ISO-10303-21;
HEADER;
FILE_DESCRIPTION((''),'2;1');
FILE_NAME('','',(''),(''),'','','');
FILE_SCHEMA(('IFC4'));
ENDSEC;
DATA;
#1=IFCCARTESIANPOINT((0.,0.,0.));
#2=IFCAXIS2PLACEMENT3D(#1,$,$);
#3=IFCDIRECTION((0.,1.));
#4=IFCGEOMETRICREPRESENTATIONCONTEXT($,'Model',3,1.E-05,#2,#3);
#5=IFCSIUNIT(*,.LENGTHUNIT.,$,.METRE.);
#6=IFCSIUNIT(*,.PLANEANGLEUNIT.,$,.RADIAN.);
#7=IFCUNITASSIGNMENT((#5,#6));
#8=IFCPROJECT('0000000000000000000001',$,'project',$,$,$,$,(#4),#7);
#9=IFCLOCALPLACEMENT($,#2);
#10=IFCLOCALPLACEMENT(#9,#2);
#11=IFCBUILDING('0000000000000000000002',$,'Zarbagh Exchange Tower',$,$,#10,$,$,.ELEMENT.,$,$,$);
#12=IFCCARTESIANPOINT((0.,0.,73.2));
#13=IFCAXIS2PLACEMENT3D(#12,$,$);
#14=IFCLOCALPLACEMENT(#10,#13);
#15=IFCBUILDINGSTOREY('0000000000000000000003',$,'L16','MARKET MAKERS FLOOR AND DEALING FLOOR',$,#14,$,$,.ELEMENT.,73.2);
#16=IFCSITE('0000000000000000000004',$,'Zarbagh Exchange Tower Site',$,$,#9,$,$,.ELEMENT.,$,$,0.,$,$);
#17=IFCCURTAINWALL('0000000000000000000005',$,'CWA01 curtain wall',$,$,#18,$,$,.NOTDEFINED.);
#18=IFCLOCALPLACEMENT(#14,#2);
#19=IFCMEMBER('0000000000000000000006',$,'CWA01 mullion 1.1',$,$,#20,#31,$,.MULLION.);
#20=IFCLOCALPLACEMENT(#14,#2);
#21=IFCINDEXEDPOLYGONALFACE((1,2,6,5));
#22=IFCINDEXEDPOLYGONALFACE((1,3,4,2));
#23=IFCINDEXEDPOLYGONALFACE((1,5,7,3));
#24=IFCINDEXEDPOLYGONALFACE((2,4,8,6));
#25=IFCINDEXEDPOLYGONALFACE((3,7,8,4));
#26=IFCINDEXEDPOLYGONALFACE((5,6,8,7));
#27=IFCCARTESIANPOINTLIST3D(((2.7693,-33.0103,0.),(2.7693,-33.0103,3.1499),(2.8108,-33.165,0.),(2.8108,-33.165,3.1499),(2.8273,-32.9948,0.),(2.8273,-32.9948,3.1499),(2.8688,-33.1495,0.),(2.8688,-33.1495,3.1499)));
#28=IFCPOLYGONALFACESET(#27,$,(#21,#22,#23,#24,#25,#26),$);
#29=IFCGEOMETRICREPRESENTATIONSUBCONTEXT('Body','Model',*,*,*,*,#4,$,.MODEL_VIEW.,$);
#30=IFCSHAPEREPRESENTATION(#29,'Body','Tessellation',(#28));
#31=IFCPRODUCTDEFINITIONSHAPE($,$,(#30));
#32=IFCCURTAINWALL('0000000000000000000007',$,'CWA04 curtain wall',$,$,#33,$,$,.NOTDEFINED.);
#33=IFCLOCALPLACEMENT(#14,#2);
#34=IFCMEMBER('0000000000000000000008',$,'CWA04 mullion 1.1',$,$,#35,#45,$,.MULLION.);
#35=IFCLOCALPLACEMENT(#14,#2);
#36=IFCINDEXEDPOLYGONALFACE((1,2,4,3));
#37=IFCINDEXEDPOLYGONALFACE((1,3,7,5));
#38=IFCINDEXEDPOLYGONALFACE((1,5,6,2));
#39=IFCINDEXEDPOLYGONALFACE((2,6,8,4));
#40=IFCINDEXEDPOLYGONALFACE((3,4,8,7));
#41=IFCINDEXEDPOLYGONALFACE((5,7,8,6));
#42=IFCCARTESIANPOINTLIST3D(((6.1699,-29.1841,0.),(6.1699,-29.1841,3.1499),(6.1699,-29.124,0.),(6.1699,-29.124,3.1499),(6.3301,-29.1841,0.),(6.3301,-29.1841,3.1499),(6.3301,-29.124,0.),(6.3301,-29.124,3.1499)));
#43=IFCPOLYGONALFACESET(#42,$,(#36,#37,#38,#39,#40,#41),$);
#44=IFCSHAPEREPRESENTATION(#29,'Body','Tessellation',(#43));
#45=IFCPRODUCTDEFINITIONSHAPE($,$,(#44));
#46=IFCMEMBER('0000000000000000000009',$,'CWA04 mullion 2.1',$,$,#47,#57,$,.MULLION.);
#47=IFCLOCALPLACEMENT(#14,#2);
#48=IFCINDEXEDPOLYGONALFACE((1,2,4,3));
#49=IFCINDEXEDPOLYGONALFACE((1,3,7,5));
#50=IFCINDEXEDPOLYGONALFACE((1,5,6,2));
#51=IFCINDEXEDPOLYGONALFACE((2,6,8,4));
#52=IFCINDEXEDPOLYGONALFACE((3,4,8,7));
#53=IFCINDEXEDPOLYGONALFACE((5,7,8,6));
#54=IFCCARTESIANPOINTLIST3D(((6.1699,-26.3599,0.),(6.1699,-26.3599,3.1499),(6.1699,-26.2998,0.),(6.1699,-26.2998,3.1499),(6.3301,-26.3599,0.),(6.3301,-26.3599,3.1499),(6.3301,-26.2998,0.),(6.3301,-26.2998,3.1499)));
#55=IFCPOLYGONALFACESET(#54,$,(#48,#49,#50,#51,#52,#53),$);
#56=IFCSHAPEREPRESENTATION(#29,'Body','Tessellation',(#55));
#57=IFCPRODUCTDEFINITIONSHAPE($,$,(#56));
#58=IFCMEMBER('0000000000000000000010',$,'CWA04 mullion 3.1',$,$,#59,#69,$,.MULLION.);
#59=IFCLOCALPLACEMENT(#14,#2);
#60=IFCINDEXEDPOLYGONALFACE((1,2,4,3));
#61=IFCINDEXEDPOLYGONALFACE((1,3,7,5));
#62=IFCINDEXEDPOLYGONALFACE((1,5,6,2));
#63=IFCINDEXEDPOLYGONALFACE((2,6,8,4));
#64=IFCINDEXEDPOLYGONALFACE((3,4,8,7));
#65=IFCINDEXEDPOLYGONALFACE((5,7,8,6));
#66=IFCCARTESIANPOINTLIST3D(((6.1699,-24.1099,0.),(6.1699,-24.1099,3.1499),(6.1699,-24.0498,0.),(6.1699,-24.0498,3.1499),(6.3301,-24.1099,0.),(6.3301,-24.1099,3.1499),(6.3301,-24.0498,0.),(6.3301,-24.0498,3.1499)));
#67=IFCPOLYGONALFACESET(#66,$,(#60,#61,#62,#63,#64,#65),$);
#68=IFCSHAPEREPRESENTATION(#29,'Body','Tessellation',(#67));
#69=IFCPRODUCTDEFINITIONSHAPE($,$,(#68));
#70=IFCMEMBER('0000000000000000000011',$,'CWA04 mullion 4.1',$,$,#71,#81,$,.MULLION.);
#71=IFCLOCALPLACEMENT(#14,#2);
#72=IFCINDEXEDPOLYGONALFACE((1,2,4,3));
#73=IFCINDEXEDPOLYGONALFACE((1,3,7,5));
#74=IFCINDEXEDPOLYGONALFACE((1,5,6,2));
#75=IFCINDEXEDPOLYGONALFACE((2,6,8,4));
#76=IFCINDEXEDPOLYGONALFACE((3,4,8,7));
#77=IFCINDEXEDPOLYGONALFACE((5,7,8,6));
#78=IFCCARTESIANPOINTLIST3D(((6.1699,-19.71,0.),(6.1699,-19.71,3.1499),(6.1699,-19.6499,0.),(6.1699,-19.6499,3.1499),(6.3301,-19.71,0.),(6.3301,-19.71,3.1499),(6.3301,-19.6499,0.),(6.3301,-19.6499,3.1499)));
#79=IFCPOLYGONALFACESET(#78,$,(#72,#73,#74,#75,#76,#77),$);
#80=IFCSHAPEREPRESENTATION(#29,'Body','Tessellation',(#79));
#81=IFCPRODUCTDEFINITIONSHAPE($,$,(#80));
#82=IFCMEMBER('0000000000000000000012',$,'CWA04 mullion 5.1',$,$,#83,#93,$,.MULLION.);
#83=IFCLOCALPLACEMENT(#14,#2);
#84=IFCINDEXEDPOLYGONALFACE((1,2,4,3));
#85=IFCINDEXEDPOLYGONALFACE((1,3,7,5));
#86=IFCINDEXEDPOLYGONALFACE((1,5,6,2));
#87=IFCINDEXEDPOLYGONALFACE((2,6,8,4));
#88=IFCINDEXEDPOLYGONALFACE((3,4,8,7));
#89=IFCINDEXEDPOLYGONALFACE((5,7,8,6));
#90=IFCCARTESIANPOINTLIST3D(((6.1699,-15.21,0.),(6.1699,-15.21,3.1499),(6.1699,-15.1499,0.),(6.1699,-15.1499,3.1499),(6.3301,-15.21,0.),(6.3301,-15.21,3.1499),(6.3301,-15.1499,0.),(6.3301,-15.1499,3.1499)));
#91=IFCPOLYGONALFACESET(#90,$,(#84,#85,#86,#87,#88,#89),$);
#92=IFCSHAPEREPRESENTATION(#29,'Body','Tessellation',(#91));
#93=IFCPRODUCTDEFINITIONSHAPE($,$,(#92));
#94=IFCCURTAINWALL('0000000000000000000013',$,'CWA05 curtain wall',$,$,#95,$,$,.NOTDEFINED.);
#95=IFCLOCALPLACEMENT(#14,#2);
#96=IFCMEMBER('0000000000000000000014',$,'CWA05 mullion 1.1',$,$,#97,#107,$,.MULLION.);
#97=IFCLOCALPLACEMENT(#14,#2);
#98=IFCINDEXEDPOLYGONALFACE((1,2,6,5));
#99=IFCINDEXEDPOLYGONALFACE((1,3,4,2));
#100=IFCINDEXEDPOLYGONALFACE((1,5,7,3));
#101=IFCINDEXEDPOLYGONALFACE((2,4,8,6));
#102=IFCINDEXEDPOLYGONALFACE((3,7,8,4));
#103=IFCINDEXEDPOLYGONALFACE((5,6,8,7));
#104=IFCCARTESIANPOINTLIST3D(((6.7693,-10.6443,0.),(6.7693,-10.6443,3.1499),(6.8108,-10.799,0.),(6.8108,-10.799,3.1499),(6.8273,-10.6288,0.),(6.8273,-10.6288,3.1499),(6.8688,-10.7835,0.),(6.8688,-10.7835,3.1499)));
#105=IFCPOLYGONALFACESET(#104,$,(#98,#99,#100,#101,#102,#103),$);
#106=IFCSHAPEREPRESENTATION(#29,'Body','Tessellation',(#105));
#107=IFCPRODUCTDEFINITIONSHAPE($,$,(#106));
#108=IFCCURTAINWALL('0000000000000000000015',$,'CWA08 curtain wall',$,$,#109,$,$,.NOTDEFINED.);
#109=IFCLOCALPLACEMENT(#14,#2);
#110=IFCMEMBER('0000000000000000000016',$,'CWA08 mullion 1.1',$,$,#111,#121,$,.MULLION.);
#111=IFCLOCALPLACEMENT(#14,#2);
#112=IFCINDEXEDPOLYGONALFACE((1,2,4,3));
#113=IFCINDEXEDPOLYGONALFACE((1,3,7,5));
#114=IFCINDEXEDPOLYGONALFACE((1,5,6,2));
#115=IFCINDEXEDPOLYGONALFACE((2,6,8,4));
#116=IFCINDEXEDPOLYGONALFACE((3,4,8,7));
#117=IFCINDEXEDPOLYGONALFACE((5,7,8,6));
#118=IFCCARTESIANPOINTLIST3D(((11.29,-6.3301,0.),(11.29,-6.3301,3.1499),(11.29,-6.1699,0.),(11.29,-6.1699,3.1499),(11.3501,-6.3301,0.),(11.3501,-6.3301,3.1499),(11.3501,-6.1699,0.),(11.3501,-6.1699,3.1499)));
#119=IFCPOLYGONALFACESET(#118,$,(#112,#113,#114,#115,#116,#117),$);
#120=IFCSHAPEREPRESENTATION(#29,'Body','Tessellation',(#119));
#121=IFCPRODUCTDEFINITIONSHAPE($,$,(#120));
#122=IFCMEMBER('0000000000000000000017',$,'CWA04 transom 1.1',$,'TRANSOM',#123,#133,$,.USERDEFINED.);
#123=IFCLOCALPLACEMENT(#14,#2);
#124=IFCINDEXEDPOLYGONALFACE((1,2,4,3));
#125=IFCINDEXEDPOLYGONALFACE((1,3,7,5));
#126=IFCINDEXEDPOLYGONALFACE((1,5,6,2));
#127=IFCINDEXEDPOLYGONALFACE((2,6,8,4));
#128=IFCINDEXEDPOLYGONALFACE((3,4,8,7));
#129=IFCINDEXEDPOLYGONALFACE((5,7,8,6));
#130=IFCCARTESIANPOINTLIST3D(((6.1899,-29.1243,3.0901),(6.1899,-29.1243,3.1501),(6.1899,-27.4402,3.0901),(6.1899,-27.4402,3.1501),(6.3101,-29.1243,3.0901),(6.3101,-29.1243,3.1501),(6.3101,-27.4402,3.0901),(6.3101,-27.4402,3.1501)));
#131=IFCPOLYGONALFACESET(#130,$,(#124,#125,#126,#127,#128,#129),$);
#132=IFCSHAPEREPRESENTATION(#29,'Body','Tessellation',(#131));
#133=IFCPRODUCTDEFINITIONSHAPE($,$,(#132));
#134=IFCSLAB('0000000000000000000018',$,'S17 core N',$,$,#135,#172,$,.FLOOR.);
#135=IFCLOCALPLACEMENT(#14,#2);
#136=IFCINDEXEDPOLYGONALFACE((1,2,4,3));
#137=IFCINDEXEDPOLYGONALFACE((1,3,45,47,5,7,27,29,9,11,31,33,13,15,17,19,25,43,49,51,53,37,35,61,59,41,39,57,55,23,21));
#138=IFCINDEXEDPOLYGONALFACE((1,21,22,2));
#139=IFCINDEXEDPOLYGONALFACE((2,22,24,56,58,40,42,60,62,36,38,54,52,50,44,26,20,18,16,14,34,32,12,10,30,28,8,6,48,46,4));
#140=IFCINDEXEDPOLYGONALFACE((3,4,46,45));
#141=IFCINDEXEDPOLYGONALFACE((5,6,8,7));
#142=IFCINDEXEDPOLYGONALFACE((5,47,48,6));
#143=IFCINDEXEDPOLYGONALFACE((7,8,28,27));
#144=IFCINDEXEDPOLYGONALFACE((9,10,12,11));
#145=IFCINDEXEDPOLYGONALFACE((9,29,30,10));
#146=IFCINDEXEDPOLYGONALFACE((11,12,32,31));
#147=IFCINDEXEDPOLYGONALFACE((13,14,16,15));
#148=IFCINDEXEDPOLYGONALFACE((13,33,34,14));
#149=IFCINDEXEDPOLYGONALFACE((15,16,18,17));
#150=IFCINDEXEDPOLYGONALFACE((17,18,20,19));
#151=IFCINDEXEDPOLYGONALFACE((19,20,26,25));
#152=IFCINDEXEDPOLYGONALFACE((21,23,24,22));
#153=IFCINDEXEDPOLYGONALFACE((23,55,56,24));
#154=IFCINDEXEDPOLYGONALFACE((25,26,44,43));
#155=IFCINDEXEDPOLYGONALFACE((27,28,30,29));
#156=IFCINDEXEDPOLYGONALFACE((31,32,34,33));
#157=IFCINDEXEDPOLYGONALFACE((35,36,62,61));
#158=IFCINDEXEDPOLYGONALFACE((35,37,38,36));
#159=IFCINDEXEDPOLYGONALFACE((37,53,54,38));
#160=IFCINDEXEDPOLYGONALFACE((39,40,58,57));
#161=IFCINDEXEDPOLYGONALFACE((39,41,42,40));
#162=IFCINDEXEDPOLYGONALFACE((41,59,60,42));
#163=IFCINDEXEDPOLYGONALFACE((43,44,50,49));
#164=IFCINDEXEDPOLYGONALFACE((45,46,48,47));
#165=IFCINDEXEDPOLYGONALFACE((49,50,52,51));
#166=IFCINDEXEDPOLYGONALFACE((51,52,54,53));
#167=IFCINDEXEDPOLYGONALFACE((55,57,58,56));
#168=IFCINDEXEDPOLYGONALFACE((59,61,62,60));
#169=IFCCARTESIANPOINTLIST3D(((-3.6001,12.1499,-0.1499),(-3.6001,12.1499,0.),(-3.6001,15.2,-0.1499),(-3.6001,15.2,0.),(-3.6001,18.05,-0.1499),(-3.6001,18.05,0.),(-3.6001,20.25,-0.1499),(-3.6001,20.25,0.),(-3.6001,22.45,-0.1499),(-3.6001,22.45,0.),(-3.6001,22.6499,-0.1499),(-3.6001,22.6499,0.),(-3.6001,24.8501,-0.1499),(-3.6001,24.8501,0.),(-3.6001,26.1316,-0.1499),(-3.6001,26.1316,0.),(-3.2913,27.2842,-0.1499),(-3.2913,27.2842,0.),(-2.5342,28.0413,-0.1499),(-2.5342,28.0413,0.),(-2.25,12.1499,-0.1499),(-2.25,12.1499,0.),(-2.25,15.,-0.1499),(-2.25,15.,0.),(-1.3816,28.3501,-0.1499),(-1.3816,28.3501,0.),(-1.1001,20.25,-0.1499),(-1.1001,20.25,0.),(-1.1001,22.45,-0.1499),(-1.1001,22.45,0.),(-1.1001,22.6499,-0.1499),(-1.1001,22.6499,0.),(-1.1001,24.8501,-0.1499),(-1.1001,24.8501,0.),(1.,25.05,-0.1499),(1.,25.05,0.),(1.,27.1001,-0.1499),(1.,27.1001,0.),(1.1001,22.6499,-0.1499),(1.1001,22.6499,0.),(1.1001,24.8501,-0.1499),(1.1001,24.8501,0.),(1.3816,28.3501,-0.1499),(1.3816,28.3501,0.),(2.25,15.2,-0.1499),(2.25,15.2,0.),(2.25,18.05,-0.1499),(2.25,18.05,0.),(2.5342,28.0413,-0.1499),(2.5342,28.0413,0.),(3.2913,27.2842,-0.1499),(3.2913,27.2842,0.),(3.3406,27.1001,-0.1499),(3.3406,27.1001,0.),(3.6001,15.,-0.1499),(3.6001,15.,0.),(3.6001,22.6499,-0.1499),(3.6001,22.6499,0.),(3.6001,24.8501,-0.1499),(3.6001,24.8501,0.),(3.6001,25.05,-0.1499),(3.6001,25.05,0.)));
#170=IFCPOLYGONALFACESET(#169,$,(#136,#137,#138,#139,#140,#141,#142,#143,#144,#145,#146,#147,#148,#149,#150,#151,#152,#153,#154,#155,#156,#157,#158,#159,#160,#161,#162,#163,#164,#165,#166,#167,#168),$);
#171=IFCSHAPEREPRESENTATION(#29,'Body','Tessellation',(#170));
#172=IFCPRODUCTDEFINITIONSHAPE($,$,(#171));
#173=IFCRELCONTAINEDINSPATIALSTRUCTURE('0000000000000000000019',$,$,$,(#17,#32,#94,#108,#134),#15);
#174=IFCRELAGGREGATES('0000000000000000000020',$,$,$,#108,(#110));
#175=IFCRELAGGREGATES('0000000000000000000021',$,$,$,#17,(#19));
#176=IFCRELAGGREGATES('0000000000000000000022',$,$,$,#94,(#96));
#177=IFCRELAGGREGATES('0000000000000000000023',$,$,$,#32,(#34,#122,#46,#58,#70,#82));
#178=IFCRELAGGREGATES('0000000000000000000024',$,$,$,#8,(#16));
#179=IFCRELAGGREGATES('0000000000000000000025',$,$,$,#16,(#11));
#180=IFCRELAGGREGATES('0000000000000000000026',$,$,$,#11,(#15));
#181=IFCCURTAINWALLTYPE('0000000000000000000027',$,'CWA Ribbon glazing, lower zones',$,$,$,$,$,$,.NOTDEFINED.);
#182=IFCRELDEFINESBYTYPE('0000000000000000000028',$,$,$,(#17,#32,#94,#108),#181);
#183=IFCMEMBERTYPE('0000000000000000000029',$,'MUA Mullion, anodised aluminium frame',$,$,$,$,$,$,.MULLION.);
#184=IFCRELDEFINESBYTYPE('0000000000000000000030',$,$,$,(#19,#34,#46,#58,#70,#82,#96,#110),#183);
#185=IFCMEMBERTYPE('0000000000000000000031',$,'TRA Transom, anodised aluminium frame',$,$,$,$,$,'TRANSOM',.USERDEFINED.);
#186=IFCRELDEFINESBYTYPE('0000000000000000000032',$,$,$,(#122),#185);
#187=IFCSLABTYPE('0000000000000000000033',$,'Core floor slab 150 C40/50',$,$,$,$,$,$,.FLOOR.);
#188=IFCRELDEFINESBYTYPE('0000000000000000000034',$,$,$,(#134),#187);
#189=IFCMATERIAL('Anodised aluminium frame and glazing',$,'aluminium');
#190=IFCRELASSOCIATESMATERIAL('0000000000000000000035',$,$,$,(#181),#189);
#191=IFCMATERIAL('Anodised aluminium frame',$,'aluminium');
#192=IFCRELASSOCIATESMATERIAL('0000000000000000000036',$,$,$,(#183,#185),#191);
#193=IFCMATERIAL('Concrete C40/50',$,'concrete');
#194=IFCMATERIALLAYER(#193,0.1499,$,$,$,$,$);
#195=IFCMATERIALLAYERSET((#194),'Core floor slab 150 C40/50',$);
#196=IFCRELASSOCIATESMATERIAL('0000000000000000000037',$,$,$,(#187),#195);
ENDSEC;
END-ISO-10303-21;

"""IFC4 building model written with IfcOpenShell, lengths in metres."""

from ifc_helpers import new_model, si_unit, direction, frame, origin, place, context, subcontext, project, spatial, polyline, outline, extrude, source, transform, mapped, material, layer, layer_set, type_object, element, aggregate, save


model = new_model("IFC4")

# Units and contexts
model_context = context("Model", 3, precision=1e-05, world=origin(), true_north=direction((0.0, 1.0)))
body_context = subcontext(model_context, "Body", "Model", "MODEL_VIEW")
ifc_project = project(units=[si_unit("LENGTHUNIT", "METRE"), si_unit("PLANEANGLEUNIT", "RADIAN")], contexts=[model_context])

# Site, building, storey
site_placement = place(None, origin())
site = spatial("IfcSite", under=ifc_project, at=site_placement, Name="Zarbagh Exchange Tower Site", CompositionType="ELEMENT", RefElevation=0.0)
building_placement = place(site_placement, origin())
building = spatial("IfcBuilding", under=site, at=building_placement, Name="Zarbagh Exchange Tower", CompositionType="ELEMENT")
storey_placement = place(building_placement, frame((0.0, 0.0, 73.2)))
storey = spatial("IfcBuildingStorey", under=building, at=storey_placement, Name="L16", Description="MARKET MAKERS FLOOR AND DEALING FLOOR", CompositionType="ELEMENT", Elevation=73.2)

# Curtain wall, member
ifc_material_1 = material(Name="Anodised aluminium frame and glazing", Category="aluminium")
curtain_wall_type = type_object("IfcCurtainWallType", Name="CWA Ribbon glazing, lower zones", PredefinedType="NOTDEFINED", material=ifc_material_1)
curtain_wall_1_placement = place(storey_placement, origin())
curtain_wall_1 = element("IfcCurtainWall", 1, at=curtain_wall_1_placement, inside=storey, type_object=curtain_wall_type, Name="CWA01 curtain wall", PredefinedType="NOTDEFINED")
ifc_material_2 = material(Name="Anodised aluminium frame", Category="aluminium")
member_type_1 = type_object("IfcMemberType", Name="MUA Mullion, anodised aluminium frame", PredefinedType="MULLION", material=ifc_material_2)
shared_shape_1 = source(origin(), body_context, "Body", "SweptSolid", [
    extrude(outline(polyline([(0.0, -0.0801), (0.0601, -0.0801), (0.0601, 0.0801), (0.0, 0.0801), (0.0, -0.0801)])), origin(), (0.0, 0.0, 1.0), 3.1499),
])
placement = place(storey_placement, origin())
member_1 = element("IfcMember", 2, at=placement, type_object=member_type_1, Name="CWA01 mullion 1.1", PredefinedType="MULLION", context=body_context, shape_type="MappedRepresentation", body=[
    mapped(shared_shape_1, transform((2.79, -33.0876, 0.0), x_axis=(0.965924, 0.258825, 0.0), y_axis=(-0.258825, 0.965924, 0.0), z_axis=(0.0, 0.0, 1.0))),
])

# Curtain wall, members
curtain_wall_2_placement = place(storey_placement, origin())
curtain_wall_2 = element("IfcCurtainWall", 3, at=curtain_wall_2_placement, inside=storey, type_object=curtain_wall_type, Name="CWA04 curtain wall", PredefinedType="NOTDEFINED")
member_2 = element("IfcMember", 4, at=placement, type_object=member_type_1, Name="CWA04 mullion 1.1", PredefinedType="MULLION", context=body_context, shape_type="MappedRepresentation", body=[
    mapped(shared_shape_1, transform((6.25, -29.1841, 0.0), x_axis=(0.0, 1.0, 0.0), y_axis=(-1.0, 0.0, 0.0), z_axis=(0.0, 0.0, 1.0))),
])
member_3 = element("IfcMember", 5, at=placement, type_object=member_type_1, Name="CWA04 mullion 2.1", PredefinedType="MULLION", context=body_context, shape_type="MappedRepresentation", body=[
    mapped(shared_shape_1, transform((6.25, -26.3599, 0.0), x_axis=(0.0, 1.0, 0.0), y_axis=(-1.0, 0.0, 0.0), z_axis=(0.0, 0.0, 1.0))),
])
member_4 = element("IfcMember", 6, at=placement, type_object=member_type_1, Name="CWA04 mullion 3.1", PredefinedType="MULLION", context=body_context, shape_type="MappedRepresentation", body=[
    mapped(shared_shape_1, transform((6.25, -24.1099, 0.0), x_axis=(0.0, 1.0, 0.0), y_axis=(-1.0, 0.0, 0.0), z_axis=(0.0, 0.0, 1.0))),
])
member_5 = element("IfcMember", 7, at=placement, type_object=member_type_1, Name="CWA04 mullion 4.1", PredefinedType="MULLION", context=body_context, shape_type="MappedRepresentation", body=[
    mapped(shared_shape_1, transform((6.25, -19.71, 0.0), x_axis=(0.0, 1.0, 0.0), y_axis=(-1.0, 0.0, 0.0), z_axis=(0.0, 0.0, 1.0))),
])
member_6 = element("IfcMember", 8, at=placement, type_object=member_type_1, Name="CWA04 mullion 5.1", PredefinedType="MULLION", context=body_context, shape_type="MappedRepresentation", body=[
    mapped(shared_shape_1, transform((6.25, -15.21, 0.0), x_axis=(0.0, 1.0, 0.0), y_axis=(-1.0, 0.0, 0.0), z_axis=(0.0, 0.0, 1.0))),
])

# Curtain walls, members
curtain_wall_3_placement = place(storey_placement, origin())
curtain_wall_3 = element("IfcCurtainWall", 9, at=curtain_wall_3_placement, inside=storey, type_object=curtain_wall_type, Name="CWA05 curtain wall", PredefinedType="NOTDEFINED")
member_7 = element("IfcMember", 10, at=placement, type_object=member_type_1, Name="CWA05 mullion 1.1", PredefinedType="MULLION", context=body_context, shape_type="MappedRepresentation", body=[
    mapped(shared_shape_1, transform((6.79, -10.7217, 0.0), x_axis=(0.965924, 0.258825, 0.0), y_axis=(-0.258825, 0.965924, 0.0), z_axis=(0.0, 0.0, 1.0))),
])
curtain_wall_4_placement = place(storey_placement, origin())
curtain_wall_4 = element("IfcCurtainWall", 11, at=curtain_wall_4_placement, inside=storey, type_object=curtain_wall_type, Name="CWA08 curtain wall", PredefinedType="NOTDEFINED")
member_8 = element("IfcMember", 12, at=placement, type_object=member_type_1, Name="CWA08 mullion 1.1", PredefinedType="MULLION", context=body_context, shape_type="MappedRepresentation", body=[
    mapped(shared_shape_1, transform((11.29, -6.25, 0.0), x_axis=(1.0, 0.0, 0.0), y_axis=(0.0, 1.0, 0.0), z_axis=(0.0, 0.0, 1.0))),
])
aggregate(curtain_wall_4, [member_8])

# Member
member_type_2 = type_object("IfcMemberType", Name="TRA Transom, anodised aluminium frame", ElementType="TRANSOM", PredefinedType="USERDEFINED", material=ifc_material_2)
shared_shape_2 = source(origin(), body_context, "Body", "SweptSolid", [
    extrude(outline(polyline([(-0.0601, -0.0601), (0.0, -0.0601), (0.0, 0.0601), (-0.0601, 0.0601), (-0.0601, -0.0601)])), origin(), (0.0, 0.0, 1.0), 1.6841),
])
member_9 = element("IfcMember", 13, at=placement, type_object=member_type_2, Name="CWA04 transom 1.1", ObjectType="TRANSOM", PredefinedType="USERDEFINED", context=body_context, shape_type="MappedRepresentation", body=[
    mapped(shared_shape_2, transform((6.25, -29.1243, 3.1501), x_axis=(0.0, 0.0, 1.0), y_axis=(1.0, 0.0, 0.0), z_axis=(0.0, 1.0, 0.0))),
])

# Slab
ifc_material_3 = material(Name="Concrete C40/50", Category="concrete")
ifc_layer_1 = layer(ifc_material_3, 0.1499)
ifc_layer_set_1 = layer_set([ifc_layer_1], Name="Core floor slab 150 C40/50")
slab_type = type_object("IfcSlabType", Name="Core floor slab 150 C40/50", PredefinedType="FLOOR", material=ifc_layer_set_1)
slab_1_placement = place(storey_placement, frame((0.0, 0.0, -0.1499)))
element("IfcSlab", 14, at=slab_1_placement, inside=storey, type_object=slab_type, Name="S17 core N", PredefinedType="FLOOR", context=body_context, shape_type="SweptSolid", body=[
    extrude(outline(polyline([(-3.6001, 12.1499), (-3.6001, 15.2), (2.25, 15.2), (2.25, 18.05), (-3.6001, 18.05), (-3.6001, 20.25), (-1.1001, 20.25), (-1.1001, 22.45), (-3.6001, 22.45), (-3.6001, 22.6499), (-1.1001, 22.6499), (-1.1001, 24.8501), (-3.6001, 24.8501), (-3.6001, 26.1316), (-3.2913, 27.2842), (-2.5342, 28.0413), (-1.3816, 28.3501), (1.3816, 28.3501), (2.5342, 28.0413), (3.2913, 27.2842), (3.3406, 27.1001), (1.0, 27.1001), (1.0, 25.05), (3.6001, 25.05), (3.6001, 24.8501), (1.1001, 24.8501), (1.1001, 22.6499), (3.6001, 22.6499), (3.6001, 15.0), (-2.25, 15.0), (-2.25, 12.1499), (-3.6001, 12.1499)])), origin(), (0.0, 0.0, 1.0), 0.1499),
])

aggregate(curtain_wall_1, [member_1])

aggregate(curtain_wall_3, [member_7])

aggregate(curtain_wall_2, [member_2, member_9, member_3, member_4, member_5, member_6])

save(model, "model.ifc")
